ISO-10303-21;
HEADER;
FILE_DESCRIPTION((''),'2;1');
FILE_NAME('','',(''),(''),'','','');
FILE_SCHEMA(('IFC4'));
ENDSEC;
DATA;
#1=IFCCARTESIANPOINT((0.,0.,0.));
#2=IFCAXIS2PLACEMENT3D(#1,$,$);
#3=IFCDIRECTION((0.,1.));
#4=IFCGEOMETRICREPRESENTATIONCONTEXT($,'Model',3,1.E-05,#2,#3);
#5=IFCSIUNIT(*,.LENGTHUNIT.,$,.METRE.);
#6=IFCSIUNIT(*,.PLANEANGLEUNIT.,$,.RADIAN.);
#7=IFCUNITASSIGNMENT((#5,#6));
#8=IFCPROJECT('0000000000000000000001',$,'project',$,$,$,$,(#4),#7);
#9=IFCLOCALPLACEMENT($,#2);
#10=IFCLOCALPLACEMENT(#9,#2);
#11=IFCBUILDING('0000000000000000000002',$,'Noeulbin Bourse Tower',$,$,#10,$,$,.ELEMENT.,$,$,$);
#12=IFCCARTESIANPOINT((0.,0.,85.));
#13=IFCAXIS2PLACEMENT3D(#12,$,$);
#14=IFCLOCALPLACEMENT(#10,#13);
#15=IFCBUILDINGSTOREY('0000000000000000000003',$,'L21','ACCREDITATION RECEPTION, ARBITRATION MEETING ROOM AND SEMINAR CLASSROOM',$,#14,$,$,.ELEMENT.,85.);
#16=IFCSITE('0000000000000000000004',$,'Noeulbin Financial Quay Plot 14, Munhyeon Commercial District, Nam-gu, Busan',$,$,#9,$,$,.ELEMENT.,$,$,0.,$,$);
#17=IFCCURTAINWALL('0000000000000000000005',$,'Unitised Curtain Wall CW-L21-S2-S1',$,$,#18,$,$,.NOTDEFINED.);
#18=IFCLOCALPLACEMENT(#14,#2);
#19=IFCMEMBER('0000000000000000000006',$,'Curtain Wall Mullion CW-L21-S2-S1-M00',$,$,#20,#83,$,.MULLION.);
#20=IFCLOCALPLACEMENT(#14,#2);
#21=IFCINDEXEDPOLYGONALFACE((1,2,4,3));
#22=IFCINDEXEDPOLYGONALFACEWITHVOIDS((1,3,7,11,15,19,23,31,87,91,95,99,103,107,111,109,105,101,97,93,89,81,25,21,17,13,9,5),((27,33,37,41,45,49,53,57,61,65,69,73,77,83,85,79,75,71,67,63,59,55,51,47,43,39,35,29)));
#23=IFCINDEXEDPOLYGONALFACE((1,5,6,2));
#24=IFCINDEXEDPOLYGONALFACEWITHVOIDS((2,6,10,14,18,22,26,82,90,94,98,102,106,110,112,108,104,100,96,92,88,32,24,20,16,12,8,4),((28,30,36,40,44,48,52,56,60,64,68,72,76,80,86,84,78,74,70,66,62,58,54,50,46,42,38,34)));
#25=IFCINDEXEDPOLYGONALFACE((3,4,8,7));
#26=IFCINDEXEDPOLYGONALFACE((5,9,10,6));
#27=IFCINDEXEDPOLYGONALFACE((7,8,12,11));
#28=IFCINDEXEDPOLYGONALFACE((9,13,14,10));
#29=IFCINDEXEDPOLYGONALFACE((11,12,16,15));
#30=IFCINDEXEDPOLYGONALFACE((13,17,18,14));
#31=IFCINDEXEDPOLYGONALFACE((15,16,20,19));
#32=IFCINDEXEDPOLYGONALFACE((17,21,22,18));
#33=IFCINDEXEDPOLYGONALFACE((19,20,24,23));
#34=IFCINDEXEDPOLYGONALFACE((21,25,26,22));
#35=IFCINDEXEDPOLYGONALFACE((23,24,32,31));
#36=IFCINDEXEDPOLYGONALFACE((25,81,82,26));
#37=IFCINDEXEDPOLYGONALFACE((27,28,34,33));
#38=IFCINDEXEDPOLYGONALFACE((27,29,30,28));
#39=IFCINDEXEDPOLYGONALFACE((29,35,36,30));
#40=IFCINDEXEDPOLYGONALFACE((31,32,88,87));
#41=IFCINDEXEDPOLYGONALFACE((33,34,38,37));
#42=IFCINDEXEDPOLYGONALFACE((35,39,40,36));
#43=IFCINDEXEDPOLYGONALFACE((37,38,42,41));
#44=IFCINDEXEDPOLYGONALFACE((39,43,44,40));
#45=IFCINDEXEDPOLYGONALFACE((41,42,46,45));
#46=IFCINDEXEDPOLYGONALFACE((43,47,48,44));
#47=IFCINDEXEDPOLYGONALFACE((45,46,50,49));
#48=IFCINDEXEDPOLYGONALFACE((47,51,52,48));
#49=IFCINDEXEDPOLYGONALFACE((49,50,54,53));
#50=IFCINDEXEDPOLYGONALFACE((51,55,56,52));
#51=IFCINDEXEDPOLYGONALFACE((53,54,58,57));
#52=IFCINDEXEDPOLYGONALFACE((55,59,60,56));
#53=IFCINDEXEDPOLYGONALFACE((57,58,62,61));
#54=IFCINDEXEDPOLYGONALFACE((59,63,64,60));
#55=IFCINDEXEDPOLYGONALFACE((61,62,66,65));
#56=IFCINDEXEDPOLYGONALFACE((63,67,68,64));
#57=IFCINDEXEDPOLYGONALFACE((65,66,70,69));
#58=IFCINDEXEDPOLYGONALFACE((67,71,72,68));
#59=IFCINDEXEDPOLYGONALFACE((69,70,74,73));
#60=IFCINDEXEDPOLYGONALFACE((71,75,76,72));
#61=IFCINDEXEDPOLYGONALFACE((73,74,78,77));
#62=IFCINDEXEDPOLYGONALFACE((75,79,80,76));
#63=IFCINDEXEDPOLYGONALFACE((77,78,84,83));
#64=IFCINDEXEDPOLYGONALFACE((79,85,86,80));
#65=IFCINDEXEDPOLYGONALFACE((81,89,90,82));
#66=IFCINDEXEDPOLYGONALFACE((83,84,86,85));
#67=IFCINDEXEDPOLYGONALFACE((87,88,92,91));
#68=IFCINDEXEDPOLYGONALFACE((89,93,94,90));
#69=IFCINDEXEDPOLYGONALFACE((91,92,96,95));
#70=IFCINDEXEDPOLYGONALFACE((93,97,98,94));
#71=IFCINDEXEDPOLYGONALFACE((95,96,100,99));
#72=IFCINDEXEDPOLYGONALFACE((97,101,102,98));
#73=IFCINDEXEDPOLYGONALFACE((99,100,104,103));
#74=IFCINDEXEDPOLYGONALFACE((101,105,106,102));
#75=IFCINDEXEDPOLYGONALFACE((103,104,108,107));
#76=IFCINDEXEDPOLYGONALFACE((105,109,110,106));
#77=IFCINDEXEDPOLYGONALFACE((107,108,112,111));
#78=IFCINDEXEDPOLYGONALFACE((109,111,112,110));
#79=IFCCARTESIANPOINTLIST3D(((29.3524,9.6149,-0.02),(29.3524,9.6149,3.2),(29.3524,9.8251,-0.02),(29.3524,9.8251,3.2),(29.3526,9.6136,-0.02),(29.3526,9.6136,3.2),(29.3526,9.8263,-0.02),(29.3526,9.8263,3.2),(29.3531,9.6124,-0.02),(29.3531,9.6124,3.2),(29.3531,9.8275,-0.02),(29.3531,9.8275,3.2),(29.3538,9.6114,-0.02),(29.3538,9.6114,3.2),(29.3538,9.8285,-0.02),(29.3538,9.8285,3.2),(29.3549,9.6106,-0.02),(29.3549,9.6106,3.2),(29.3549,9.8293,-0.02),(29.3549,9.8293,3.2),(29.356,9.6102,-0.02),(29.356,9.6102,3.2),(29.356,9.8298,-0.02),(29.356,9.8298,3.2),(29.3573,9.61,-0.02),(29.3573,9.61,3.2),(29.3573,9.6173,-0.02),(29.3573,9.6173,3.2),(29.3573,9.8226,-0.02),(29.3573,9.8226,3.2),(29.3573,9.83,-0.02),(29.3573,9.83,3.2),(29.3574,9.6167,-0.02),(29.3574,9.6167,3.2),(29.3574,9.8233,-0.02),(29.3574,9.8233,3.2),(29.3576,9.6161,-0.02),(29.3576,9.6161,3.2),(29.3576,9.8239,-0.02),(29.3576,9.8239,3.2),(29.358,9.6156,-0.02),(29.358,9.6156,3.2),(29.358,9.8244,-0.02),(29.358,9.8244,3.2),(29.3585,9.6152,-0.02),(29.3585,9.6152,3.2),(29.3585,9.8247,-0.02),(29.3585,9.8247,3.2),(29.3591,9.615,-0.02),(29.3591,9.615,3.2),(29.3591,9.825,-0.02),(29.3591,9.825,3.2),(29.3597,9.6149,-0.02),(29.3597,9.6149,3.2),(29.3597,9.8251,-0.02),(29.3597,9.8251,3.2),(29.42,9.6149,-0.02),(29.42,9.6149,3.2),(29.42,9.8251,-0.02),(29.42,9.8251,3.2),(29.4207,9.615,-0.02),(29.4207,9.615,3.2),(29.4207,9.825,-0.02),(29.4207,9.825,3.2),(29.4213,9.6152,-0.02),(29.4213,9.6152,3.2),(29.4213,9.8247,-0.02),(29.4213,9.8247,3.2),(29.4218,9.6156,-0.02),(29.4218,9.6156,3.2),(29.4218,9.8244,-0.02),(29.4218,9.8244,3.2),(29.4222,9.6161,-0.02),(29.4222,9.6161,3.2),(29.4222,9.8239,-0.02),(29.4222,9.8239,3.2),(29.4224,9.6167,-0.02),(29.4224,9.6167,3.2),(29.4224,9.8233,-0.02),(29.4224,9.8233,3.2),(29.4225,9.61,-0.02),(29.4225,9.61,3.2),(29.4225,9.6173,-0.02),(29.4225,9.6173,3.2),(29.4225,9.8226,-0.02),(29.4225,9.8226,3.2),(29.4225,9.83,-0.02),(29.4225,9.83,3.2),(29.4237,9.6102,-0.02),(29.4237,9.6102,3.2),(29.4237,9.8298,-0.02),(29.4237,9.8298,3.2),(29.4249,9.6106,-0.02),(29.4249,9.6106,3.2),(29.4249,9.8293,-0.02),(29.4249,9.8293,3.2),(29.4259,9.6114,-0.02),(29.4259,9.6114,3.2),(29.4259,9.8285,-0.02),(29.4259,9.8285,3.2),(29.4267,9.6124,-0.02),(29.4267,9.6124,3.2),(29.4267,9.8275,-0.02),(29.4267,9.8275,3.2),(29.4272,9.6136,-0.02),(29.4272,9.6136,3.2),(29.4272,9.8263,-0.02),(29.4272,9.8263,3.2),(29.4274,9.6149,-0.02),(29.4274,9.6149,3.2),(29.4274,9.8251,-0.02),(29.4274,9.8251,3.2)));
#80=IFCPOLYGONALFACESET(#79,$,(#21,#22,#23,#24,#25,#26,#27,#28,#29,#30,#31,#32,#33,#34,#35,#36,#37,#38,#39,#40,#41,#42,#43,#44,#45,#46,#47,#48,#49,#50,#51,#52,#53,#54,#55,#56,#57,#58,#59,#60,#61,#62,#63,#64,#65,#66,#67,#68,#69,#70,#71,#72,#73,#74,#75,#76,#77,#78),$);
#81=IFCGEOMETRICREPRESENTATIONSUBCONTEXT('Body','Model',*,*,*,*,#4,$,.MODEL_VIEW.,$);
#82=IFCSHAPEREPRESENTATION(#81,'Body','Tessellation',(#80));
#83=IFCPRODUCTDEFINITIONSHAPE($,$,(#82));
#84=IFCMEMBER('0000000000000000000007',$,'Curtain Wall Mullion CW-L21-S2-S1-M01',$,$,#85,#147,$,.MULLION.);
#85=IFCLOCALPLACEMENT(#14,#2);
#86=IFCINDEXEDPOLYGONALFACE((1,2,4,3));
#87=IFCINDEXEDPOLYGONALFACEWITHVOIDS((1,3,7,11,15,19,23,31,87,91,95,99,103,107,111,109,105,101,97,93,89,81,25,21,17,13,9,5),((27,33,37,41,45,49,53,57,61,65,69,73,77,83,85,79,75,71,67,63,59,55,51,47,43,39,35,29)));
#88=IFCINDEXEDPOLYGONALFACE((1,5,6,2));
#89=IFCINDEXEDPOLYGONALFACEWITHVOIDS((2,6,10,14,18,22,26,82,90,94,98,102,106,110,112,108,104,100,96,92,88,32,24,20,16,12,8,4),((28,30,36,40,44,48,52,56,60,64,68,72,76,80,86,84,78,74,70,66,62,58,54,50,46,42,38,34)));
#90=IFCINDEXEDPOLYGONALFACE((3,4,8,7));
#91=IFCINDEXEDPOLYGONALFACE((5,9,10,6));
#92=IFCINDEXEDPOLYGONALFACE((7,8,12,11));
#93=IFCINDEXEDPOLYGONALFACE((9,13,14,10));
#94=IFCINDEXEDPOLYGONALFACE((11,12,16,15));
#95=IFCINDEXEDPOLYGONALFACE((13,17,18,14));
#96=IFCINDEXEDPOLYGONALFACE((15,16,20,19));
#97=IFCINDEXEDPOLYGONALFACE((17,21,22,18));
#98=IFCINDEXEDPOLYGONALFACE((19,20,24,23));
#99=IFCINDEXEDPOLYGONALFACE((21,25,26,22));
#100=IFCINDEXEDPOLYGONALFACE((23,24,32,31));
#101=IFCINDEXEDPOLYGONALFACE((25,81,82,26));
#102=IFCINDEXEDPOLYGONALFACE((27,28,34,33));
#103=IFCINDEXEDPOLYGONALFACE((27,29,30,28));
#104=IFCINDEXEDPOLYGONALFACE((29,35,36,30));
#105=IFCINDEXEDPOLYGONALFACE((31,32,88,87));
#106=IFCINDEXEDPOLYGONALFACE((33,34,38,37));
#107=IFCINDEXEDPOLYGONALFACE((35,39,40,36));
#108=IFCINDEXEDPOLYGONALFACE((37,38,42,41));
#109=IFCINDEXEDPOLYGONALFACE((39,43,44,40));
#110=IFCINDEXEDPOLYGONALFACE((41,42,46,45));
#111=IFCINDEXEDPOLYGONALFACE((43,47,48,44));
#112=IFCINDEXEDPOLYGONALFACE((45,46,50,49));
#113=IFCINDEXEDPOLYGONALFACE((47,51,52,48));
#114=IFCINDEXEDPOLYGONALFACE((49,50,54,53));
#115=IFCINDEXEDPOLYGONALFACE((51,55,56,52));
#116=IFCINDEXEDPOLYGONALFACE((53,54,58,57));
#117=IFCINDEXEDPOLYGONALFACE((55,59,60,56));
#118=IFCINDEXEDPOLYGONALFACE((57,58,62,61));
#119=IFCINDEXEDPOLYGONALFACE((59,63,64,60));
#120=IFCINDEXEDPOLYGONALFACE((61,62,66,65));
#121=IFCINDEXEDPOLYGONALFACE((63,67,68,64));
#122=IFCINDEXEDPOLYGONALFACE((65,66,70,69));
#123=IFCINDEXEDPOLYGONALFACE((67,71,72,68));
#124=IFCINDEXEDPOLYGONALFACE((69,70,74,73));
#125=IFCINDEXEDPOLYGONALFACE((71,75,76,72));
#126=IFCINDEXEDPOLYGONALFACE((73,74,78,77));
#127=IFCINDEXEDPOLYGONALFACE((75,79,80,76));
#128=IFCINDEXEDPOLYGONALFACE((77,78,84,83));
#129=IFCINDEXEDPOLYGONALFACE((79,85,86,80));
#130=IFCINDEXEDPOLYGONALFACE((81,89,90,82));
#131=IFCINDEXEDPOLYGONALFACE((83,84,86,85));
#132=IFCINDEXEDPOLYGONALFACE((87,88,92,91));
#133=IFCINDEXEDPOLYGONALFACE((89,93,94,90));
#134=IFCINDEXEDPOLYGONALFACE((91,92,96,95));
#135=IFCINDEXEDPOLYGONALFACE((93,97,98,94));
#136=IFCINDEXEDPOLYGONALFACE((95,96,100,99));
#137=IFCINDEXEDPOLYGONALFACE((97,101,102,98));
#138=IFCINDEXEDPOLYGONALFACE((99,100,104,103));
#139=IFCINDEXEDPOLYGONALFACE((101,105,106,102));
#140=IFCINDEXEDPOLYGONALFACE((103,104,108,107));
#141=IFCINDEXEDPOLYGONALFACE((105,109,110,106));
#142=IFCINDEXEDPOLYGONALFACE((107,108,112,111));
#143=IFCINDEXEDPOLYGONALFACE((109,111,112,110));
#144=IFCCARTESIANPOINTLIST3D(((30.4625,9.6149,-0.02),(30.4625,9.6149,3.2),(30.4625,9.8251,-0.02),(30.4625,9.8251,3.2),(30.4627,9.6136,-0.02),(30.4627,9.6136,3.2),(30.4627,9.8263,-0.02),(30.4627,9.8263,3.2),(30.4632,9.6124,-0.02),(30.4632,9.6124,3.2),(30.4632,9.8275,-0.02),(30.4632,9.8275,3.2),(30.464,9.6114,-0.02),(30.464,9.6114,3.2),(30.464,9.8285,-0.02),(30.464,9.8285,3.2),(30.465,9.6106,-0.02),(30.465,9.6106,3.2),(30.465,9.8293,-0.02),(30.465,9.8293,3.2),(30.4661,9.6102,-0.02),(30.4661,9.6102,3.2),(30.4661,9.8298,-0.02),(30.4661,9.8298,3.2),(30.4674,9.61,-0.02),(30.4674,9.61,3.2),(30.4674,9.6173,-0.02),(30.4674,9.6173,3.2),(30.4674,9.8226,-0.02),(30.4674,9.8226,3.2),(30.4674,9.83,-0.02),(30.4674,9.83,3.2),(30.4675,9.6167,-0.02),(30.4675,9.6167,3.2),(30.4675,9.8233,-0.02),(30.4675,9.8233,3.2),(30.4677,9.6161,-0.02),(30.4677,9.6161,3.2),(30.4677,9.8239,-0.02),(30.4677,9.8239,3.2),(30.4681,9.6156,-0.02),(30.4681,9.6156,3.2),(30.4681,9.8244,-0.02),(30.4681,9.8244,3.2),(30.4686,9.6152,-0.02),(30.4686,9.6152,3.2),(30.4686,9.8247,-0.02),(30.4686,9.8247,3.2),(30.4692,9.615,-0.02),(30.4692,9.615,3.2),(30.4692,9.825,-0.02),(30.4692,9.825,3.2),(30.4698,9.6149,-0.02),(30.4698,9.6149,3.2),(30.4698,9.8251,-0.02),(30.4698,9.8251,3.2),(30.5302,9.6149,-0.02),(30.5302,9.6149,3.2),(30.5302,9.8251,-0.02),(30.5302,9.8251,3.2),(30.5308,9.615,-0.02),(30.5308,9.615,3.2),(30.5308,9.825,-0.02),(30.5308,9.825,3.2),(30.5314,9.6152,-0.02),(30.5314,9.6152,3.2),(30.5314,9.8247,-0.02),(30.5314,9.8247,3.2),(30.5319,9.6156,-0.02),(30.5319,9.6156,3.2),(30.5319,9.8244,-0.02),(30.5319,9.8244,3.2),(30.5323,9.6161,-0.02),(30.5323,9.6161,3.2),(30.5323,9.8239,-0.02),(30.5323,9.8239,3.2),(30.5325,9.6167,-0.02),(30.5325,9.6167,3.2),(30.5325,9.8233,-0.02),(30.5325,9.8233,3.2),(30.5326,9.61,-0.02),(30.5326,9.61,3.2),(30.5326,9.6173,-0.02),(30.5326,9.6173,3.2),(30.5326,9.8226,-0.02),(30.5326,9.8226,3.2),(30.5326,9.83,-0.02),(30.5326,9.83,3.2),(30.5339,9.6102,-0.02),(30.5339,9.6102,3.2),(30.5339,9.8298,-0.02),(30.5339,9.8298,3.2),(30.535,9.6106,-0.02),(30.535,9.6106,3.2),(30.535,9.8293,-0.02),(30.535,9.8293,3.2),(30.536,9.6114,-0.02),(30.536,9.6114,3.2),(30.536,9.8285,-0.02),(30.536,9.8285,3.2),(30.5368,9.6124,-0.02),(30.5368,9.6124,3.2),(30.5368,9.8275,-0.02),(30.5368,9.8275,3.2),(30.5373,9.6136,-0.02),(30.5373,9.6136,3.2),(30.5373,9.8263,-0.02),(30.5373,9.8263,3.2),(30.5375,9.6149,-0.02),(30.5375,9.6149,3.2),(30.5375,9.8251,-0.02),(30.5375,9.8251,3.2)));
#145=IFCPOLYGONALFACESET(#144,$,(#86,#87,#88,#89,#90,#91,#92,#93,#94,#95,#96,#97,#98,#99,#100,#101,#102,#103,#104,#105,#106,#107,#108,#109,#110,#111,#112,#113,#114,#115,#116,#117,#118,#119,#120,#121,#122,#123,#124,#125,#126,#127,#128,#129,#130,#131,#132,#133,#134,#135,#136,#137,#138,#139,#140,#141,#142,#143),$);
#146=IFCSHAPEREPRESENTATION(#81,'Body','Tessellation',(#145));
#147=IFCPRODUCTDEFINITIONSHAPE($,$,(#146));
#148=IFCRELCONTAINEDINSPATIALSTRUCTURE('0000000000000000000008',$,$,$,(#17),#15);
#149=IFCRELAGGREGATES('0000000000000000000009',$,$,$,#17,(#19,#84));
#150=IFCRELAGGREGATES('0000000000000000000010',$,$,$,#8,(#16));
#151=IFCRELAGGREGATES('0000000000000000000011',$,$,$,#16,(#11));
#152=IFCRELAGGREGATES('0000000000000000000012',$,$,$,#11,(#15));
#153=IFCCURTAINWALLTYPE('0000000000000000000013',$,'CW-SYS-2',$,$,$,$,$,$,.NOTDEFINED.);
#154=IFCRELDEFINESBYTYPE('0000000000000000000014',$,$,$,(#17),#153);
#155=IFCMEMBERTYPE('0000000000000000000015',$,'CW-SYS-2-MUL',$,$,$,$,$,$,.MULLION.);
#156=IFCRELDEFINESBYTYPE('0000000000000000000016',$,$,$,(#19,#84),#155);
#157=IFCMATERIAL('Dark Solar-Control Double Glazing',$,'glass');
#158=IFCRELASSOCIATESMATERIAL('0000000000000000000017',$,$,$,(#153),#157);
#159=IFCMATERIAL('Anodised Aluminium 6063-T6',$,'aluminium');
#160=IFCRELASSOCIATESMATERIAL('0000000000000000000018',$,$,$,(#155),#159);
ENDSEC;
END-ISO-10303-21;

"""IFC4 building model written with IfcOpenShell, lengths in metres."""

from ifc_helpers import new_model, si_unit, direction, frame, origin, origin_2d, place, context, subcontext, project, spatial, hollow_rectangle, extrude, material, material_profile, profile_set, type_object, element, aggregate, save


model = new_model("IFC4")

# Units and contexts
model_context = context("Model", 3, precision=1e-05, world=origin(), true_north=direction((0.0, 1.0)))
body_context = subcontext(model_context, "Body", "Model", "MODEL_VIEW")
ifc_project = project(units=[si_unit("LENGTHUNIT", "METRE"), si_unit("PLANEANGLEUNIT", "RADIAN")], contexts=[model_context])

# Site, building, storey
site_placement = place(None, origin())
site = spatial("IfcSite", under=ifc_project, at=site_placement, Name="Noeulbin Financial Quay Plot 14, Munhyeon Commercial District, Nam-gu, Busan", CompositionType="ELEMENT", RefElevation=0.0)
building_placement = place(site_placement, origin())
building = spatial("IfcBuilding", under=site, at=building_placement, Name="Noeulbin Bourse Tower", CompositionType="ELEMENT")
storey_placement = place(building_placement, frame((0.0, 0.0, 85.0)))
storey = spatial("IfcBuildingStorey", under=building, at=storey_placement, Name="L21", Description="ACCREDITATION RECEPTION, ARBITRATION MEETING ROOM AND SEMINAR CLASSROOM", CompositionType="ELEMENT", Elevation=85.0)

# Curtain wall, members
ifc_material_1 = material(Name="Dark Solar-Control Double Glazing", Category="glass")
curtain_wall_type = type_object("IfcCurtainWallType", Name="CW-SYS-2", PredefinedType="NOTDEFINED", material=ifc_material_1)
curtain_wall_1_placement = place(storey_placement, origin())
curtain_wall_1 = element("IfcCurtainWall", 1, at=curtain_wall_1_placement, inside=storey, type_object=curtain_wall_type, Name="Unitised Curtain Wall CW-L21-S2-S1", PredefinedType="NOTDEFINED")
ifc_material_2 = material(Name="Anodised Aluminium 6063-T6", Category="aluminium")
ifc_material_profile_1 = material_profile(ifc_material_2, hollow_rectangle(XDim=0.075, YDim=0.22, WallThickness=0.0049, InnerFilletRadius=0.0024, OuterFilletRadius=0.0049, at=origin_2d()), Name="ALU-MULL-75x220x5", Category="LoadBearing")
ifc_profile_set_1 = profile_set([ifc_material_profile_1], Name="Anodised Aluminium 6063-T6")
member_type_1 = type_object("IfcMemberType", Name="CW-SYS-2-MUL", PredefinedType="MULLION", material=ifc_profile_set_1)
member_1_placement = place(storey_placement, frame((29.3899, 9.72, -0.02), z_axis=(0.0, 0.0, 1.0), x_axis=(1.0, 0.0, 0.0)))
member_1 = element("IfcMember", 2, at=member_1_placement, type_object=member_type_1, Name="Curtain Wall Mullion CW-L21-S2-S1-M00", PredefinedType="MULLION", context=body_context, shape_type="SweptSolid", body=[
    extrude(hollow_rectangle(XDim=0.075, YDim=0.22, WallThickness=0.0049, InnerFilletRadius=0.0024, OuterFilletRadius=0.0049, at=origin_2d()), origin(), (0.0, 0.0, 1.0), 3.22),
])
member_2_placement = place(storey_placement, frame((30.5, 9.72, -0.02), z_axis=(0.0, 0.0, 1.0), x_axis=(1.0, 0.0, 0.0)))
member_2 = element("IfcMember", 3, at=member_2_placement, type_object=member_type_1, Name="Curtain Wall Mullion CW-L21-S2-S1-M01", PredefinedType="MULLION", context=body_context, shape_type="SweptSolid", body=[
    extrude(hollow_rectangle(XDim=0.075, YDim=0.22, WallThickness=0.0049, InnerFilletRadius=0.0024, OuterFilletRadius=0.0049, at=origin_2d()), origin(), (0.0, 0.0, 1.0), 3.22),
])

aggregate(curtain_wall_1, [member_1, member_2])

save(model, "model.ifc")
